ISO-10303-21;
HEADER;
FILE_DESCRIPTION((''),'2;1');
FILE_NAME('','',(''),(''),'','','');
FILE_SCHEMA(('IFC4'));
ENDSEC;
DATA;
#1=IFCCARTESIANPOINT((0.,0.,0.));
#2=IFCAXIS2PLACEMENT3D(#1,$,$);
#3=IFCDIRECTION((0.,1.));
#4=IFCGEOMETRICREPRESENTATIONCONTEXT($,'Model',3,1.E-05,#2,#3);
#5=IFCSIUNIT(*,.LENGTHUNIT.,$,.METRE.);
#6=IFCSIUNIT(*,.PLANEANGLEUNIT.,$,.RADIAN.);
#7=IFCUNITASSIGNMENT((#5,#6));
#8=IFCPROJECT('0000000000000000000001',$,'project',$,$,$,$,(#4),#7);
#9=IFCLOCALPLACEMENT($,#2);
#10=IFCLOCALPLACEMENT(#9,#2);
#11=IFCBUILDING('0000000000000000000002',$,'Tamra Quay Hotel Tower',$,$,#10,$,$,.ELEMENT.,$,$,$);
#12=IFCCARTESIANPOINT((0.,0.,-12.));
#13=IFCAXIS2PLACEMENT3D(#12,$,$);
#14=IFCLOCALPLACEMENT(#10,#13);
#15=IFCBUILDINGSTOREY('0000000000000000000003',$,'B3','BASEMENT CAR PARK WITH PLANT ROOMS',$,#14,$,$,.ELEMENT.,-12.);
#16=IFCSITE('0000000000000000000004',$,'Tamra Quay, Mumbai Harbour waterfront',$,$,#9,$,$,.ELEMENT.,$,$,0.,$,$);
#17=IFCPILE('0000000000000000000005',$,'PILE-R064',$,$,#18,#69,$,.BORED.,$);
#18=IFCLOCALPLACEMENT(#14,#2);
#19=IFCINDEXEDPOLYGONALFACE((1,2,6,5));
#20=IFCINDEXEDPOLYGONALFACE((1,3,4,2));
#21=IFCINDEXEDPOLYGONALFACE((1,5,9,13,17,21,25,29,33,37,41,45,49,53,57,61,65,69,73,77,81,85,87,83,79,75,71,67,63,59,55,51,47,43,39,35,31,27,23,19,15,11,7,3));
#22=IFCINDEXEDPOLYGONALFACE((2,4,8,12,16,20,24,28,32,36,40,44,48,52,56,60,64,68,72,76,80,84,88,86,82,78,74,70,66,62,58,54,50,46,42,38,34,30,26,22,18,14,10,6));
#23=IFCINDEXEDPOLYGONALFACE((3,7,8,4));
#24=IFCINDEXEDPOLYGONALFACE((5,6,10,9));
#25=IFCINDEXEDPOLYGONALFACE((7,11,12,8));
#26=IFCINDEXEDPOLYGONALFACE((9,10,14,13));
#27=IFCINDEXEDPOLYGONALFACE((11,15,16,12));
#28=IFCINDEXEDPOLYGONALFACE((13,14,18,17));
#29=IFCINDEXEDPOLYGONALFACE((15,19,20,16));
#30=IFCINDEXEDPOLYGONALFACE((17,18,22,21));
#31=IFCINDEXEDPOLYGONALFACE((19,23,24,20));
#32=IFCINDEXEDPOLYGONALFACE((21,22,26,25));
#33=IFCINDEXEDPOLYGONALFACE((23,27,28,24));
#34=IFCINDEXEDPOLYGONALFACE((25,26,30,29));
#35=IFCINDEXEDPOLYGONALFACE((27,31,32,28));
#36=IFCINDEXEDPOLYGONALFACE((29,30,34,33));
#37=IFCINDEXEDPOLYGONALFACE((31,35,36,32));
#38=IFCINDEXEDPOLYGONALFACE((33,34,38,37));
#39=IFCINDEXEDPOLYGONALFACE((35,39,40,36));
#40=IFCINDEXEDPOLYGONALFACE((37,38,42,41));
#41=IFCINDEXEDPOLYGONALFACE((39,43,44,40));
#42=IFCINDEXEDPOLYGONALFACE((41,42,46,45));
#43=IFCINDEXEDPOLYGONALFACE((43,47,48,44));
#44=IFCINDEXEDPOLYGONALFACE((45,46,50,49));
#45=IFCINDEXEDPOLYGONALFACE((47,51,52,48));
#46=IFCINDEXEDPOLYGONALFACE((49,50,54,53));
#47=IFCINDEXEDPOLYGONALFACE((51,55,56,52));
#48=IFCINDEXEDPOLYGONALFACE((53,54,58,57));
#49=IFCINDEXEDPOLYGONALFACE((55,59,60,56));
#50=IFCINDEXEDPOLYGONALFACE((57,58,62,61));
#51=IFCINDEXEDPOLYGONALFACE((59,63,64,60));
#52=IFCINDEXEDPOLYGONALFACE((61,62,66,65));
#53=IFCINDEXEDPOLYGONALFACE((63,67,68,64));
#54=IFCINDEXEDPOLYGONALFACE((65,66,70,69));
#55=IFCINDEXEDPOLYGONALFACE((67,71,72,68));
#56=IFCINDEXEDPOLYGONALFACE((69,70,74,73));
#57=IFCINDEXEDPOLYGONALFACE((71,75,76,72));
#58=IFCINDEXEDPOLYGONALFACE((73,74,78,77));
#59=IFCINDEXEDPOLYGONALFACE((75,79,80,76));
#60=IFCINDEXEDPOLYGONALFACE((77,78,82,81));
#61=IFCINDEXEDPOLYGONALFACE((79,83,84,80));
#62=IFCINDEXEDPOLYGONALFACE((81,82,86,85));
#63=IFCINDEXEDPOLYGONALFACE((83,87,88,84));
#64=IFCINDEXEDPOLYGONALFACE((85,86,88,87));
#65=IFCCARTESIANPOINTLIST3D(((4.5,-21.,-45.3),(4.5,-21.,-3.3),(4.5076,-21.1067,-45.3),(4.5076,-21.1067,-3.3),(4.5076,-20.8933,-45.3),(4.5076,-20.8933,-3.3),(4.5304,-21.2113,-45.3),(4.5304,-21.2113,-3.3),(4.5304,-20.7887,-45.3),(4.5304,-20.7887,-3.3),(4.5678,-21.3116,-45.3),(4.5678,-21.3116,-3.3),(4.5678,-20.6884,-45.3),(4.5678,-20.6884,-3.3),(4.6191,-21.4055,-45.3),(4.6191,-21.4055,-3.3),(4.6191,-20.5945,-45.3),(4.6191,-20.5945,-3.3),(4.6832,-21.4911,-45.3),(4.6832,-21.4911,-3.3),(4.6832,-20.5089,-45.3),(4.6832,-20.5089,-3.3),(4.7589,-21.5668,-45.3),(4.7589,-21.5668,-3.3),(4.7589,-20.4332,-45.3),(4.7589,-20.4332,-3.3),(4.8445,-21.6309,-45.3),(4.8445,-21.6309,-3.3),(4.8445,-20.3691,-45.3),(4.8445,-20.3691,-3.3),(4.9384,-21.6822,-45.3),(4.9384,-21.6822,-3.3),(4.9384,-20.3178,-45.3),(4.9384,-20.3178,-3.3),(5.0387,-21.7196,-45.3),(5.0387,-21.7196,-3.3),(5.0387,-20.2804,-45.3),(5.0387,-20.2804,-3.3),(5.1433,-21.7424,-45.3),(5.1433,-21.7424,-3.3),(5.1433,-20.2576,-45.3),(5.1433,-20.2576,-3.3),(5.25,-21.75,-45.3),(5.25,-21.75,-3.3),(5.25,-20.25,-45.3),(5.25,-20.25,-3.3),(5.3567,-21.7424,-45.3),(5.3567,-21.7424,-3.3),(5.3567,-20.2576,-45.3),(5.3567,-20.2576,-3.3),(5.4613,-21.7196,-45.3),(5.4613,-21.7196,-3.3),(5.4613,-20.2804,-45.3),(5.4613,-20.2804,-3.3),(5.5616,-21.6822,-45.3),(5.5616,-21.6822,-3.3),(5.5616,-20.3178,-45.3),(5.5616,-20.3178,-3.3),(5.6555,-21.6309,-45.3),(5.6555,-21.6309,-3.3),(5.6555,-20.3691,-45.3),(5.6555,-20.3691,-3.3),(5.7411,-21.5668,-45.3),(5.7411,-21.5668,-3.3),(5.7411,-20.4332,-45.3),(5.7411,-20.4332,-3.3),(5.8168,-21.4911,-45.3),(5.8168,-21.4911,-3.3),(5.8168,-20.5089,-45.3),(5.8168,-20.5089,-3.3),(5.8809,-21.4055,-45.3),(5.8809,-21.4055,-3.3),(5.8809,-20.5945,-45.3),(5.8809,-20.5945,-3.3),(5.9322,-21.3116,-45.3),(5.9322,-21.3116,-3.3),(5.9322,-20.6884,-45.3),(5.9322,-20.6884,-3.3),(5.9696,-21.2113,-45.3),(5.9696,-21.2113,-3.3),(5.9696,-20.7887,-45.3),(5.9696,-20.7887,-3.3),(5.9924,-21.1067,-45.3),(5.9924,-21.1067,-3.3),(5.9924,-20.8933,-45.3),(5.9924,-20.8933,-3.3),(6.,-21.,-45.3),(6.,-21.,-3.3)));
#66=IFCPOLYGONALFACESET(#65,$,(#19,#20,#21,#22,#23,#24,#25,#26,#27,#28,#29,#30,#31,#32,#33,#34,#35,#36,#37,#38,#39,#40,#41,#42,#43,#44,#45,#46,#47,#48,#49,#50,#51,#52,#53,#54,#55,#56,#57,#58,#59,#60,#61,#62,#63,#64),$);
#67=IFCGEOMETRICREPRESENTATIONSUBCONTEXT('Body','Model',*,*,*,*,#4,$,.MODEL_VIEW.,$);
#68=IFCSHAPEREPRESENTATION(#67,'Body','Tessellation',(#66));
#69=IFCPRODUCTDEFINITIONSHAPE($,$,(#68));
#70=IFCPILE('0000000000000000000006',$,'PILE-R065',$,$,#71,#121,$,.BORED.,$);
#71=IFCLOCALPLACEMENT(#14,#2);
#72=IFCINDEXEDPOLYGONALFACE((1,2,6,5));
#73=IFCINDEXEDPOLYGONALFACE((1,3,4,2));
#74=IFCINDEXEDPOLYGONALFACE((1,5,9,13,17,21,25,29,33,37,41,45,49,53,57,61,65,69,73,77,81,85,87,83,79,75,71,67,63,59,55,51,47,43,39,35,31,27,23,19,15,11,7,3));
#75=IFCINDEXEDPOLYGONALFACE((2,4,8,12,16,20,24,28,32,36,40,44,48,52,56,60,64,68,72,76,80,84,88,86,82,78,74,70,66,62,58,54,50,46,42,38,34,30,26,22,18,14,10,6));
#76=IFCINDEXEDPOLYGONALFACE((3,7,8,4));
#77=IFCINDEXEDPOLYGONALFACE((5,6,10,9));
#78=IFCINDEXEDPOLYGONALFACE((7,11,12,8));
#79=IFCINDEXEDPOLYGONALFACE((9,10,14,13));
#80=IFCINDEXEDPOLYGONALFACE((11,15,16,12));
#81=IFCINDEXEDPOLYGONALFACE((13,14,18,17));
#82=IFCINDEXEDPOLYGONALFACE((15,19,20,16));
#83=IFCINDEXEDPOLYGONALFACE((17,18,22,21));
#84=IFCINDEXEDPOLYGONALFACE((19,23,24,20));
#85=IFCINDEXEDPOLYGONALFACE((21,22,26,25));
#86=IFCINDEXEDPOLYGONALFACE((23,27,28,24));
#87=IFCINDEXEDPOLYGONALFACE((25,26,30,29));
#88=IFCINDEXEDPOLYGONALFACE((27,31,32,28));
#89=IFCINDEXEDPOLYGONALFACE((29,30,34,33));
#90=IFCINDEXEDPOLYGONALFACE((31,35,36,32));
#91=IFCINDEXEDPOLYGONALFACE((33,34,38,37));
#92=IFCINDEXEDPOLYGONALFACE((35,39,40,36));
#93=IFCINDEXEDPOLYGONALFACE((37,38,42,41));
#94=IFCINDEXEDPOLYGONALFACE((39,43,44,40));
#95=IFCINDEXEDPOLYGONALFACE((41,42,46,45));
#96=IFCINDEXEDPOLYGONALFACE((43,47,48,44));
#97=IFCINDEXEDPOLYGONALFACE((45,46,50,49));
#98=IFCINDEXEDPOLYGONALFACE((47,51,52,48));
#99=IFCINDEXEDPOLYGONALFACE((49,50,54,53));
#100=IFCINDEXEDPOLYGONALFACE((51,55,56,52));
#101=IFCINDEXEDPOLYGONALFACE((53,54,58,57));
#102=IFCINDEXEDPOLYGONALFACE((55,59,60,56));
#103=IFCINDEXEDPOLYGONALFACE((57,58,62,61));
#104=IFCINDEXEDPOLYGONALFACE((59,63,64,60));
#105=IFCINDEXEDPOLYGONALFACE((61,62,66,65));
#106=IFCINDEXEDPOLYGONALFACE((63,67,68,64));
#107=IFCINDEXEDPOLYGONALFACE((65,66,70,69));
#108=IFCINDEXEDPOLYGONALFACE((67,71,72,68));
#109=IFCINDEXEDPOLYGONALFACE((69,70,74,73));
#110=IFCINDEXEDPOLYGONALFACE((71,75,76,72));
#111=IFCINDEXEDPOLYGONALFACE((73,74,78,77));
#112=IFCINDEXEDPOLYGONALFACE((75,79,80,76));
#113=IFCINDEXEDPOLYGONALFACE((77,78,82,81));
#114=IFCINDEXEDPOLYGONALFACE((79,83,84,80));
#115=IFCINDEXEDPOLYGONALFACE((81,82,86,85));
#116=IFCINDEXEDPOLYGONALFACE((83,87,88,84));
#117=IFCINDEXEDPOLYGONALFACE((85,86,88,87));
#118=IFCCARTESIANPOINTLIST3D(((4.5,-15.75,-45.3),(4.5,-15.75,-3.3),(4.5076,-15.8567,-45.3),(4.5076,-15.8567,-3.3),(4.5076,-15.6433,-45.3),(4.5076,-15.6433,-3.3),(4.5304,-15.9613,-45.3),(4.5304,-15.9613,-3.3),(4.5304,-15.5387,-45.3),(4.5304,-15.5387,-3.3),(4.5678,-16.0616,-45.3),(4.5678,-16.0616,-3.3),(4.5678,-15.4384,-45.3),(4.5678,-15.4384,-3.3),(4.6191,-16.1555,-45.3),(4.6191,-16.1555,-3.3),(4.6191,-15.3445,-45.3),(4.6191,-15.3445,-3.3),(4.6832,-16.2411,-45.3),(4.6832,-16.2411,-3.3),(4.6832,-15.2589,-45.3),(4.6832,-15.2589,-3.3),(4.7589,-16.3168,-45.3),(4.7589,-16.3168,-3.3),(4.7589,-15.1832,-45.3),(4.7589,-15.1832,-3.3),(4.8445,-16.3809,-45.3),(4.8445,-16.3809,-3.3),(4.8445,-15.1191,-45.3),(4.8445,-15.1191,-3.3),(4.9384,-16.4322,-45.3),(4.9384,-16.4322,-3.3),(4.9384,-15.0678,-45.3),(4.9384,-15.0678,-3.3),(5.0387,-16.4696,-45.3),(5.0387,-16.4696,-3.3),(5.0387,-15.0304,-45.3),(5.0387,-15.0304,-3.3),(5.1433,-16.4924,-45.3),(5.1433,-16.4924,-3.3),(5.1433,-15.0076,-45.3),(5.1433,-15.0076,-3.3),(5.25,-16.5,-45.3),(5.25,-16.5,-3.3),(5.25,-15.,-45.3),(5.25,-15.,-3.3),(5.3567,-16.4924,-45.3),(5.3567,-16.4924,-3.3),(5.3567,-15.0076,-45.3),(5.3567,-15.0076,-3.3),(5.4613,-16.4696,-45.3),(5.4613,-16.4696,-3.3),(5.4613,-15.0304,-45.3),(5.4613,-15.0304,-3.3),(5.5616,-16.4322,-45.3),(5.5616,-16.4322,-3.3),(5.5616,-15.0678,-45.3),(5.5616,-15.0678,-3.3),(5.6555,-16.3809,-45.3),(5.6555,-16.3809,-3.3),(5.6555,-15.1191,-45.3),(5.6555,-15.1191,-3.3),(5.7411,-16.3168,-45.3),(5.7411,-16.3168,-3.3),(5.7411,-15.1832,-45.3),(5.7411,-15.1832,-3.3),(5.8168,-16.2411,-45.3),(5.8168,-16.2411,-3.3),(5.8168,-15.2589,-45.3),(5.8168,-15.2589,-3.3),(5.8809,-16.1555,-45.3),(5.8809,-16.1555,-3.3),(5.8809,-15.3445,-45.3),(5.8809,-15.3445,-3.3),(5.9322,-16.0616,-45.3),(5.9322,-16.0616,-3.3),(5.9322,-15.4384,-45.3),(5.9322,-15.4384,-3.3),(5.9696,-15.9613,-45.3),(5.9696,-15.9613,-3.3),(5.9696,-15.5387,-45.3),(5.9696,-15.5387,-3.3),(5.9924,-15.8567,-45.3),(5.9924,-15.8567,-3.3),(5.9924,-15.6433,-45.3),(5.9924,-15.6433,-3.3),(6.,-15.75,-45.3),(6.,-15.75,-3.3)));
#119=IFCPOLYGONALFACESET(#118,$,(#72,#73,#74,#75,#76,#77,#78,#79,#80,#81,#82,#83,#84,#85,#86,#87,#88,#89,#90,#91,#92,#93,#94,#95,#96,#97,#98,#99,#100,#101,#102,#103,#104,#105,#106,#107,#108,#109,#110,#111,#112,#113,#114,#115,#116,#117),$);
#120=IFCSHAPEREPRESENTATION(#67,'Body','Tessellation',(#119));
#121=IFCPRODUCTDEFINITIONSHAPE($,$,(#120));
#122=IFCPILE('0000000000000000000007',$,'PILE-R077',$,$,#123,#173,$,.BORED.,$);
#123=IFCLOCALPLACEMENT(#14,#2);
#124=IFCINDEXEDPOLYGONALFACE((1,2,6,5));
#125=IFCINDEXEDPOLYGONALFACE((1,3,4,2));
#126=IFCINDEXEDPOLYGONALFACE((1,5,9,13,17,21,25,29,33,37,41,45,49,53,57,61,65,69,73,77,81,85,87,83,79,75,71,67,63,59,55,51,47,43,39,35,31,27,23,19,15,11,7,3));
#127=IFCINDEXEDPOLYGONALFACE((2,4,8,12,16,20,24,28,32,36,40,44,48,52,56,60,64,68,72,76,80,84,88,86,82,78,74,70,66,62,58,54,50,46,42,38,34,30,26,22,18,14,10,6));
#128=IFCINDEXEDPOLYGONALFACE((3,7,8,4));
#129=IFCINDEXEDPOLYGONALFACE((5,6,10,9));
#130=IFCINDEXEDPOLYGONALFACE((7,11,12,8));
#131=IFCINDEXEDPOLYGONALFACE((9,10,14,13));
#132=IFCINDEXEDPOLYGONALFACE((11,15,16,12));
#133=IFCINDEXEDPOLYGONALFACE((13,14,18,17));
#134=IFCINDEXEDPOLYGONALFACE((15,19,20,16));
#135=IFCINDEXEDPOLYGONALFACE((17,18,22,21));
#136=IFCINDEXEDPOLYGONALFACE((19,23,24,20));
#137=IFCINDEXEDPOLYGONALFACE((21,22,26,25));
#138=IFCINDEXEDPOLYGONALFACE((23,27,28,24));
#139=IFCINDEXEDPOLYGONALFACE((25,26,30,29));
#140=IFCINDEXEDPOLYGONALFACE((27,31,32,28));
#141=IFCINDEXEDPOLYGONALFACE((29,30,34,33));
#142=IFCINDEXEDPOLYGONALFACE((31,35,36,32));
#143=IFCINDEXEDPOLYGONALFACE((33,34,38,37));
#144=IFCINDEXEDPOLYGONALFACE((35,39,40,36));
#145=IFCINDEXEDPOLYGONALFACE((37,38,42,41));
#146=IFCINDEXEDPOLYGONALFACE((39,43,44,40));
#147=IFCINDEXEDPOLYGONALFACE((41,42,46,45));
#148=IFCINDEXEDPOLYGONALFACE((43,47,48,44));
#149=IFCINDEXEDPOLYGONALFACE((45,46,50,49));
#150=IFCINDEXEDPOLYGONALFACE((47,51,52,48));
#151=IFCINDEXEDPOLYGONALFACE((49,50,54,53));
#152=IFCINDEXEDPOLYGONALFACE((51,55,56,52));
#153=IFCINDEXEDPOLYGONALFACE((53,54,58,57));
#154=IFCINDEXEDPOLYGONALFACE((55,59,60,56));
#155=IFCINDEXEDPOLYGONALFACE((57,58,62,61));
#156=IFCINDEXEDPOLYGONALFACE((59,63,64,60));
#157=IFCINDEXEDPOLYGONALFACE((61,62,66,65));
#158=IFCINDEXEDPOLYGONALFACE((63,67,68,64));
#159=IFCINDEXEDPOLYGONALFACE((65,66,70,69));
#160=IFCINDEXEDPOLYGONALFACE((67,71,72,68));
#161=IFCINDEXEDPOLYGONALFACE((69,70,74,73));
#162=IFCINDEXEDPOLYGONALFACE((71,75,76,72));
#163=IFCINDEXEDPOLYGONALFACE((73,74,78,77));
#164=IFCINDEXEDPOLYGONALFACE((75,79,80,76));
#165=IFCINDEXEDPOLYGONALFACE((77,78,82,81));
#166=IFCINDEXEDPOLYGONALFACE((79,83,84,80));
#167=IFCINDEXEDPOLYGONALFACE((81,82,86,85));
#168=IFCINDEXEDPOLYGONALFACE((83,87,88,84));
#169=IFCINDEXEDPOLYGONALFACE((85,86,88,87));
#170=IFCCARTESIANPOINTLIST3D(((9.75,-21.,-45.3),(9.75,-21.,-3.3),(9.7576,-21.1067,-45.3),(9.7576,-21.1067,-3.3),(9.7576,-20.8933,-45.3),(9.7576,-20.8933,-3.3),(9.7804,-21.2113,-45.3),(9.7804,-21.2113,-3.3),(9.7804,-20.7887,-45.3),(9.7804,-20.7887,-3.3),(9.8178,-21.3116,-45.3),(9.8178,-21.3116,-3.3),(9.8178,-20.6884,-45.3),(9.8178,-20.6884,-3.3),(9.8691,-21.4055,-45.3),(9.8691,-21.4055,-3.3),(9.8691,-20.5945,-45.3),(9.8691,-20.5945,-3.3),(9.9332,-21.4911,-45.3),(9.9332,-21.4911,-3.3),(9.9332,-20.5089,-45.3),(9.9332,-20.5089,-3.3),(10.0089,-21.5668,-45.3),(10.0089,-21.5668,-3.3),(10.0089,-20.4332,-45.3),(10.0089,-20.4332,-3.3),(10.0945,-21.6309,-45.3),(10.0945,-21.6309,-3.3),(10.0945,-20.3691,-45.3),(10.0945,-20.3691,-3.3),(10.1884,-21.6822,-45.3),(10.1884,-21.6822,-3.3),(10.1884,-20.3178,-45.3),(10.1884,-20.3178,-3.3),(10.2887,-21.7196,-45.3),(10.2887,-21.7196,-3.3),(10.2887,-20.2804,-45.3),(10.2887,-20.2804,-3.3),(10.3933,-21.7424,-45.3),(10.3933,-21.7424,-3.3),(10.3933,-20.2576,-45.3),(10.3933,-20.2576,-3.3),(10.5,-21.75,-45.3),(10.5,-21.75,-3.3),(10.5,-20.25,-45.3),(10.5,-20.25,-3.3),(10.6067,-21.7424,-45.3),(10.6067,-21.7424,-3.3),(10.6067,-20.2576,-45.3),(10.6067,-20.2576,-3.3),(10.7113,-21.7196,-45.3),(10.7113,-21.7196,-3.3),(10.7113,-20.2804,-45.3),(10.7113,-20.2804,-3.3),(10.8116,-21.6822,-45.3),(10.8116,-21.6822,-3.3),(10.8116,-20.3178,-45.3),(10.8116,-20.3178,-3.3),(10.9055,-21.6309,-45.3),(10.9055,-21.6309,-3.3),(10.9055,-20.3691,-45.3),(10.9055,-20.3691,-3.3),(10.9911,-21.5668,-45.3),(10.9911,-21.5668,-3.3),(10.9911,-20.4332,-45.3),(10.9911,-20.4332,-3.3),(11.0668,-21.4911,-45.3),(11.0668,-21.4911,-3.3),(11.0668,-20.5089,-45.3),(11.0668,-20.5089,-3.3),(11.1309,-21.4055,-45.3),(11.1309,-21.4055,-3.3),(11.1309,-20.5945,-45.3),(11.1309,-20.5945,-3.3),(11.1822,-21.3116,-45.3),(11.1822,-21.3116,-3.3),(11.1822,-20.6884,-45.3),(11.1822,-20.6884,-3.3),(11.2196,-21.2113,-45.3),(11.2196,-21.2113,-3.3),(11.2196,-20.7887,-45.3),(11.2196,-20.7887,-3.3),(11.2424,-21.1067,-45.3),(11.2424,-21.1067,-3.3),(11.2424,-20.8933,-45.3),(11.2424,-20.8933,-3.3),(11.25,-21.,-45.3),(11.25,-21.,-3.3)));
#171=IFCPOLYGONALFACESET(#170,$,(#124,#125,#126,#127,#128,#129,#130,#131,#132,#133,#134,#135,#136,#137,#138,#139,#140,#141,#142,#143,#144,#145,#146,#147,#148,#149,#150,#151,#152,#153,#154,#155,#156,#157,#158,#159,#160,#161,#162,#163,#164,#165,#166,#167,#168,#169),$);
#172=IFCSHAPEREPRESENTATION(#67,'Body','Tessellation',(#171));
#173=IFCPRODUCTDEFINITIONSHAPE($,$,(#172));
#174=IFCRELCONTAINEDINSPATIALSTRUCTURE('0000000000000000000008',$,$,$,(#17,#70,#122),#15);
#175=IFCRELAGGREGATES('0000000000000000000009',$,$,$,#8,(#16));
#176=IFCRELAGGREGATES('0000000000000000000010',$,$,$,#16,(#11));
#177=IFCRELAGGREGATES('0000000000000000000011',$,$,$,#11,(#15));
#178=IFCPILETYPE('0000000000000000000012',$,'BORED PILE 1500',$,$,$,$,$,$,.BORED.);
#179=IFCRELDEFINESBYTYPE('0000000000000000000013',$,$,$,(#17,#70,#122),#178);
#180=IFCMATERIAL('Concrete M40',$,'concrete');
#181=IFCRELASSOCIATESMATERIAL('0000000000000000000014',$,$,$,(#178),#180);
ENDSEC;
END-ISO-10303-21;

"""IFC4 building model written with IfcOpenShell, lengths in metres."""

from ifc_helpers import new_model, si_unit, direction, frame, origin, origin_2d, place, context, subcontext, project, spatial, circle, extrude, material, material_profile, profile_set, type_object, element, save


model = new_model("IFC4")

# Units and contexts
model_context = context("Model", 3, precision=1e-05, world=origin(), true_north=direction((0.0, 1.0)))
body_context = subcontext(model_context, "Body", "Model", "MODEL_VIEW")
ifc_project = project(units=[si_unit("LENGTHUNIT", "METRE"), si_unit("PLANEANGLEUNIT", "RADIAN")], contexts=[model_context])

# Site, building, storey
site_placement = place(None, origin())
site = spatial("IfcSite", under=ifc_project, at=site_placement, Name="Tamra Quay, Mumbai Harbour waterfront", CompositionType="ELEMENT", RefElevation=0.0)
building_placement = place(site_placement, origin())
building = spatial("IfcBuilding", under=site, at=building_placement, Name="Tamra Quay Hotel Tower", CompositionType="ELEMENT")
storey_placement = place(building_placement, frame((0.0, 0.0, -12.0)))
storey = spatial("IfcBuildingStorey", under=building, at=storey_placement, Name="B3", Description="BASEMENT CAR PARK WITH PLANT ROOMS", CompositionType="ELEMENT", Elevation=-12.0)

# Piles
ifc_material_1 = material(Name="Concrete M40", Category="concrete")
ifc_material_profile_1 = material_profile(ifc_material_1, circle(Radius=0.75, at=origin_2d()), Name="BORED PILE 1500")
ifc_profile_set_1 = profile_set([ifc_material_profile_1], Name="Concrete M40")
pile_type = type_object("IfcPileType", Name="BORED PILE 1500", PredefinedType="BORED", material=ifc_profile_set_1)
for number, where, z_axis, x_axis, name in (
    (1, (5.25, -21.0, -3.3), (0.0, 0.0, -1.0), (1.0, 0.0, 0.0), "PILE-R064"),
    (2, (5.25, -15.75, -3.3), (0.0, 0.0, -1.0), (1.0, 0.0, 0.0), "PILE-R065"),
    (3, (10.5, -21.0, -3.3), (0.0, 0.0, -1.0), (1.0, 0.0, 0.0), "PILE-R077"),
):
    element("IfcPile", number, at=place(storey_placement, frame(where, z_axis=z_axis, x_axis=x_axis)), inside=storey, type_object=pile_type, Name=name, PredefinedType="BORED", context=body_context, shape_type="SweptSolid", body=[
        extrude(circle(Radius=0.75, at=origin_2d()), origin(), (0.0, 0.0, 1.0), 42.0),
    ])

save(model, "model.ifc")
